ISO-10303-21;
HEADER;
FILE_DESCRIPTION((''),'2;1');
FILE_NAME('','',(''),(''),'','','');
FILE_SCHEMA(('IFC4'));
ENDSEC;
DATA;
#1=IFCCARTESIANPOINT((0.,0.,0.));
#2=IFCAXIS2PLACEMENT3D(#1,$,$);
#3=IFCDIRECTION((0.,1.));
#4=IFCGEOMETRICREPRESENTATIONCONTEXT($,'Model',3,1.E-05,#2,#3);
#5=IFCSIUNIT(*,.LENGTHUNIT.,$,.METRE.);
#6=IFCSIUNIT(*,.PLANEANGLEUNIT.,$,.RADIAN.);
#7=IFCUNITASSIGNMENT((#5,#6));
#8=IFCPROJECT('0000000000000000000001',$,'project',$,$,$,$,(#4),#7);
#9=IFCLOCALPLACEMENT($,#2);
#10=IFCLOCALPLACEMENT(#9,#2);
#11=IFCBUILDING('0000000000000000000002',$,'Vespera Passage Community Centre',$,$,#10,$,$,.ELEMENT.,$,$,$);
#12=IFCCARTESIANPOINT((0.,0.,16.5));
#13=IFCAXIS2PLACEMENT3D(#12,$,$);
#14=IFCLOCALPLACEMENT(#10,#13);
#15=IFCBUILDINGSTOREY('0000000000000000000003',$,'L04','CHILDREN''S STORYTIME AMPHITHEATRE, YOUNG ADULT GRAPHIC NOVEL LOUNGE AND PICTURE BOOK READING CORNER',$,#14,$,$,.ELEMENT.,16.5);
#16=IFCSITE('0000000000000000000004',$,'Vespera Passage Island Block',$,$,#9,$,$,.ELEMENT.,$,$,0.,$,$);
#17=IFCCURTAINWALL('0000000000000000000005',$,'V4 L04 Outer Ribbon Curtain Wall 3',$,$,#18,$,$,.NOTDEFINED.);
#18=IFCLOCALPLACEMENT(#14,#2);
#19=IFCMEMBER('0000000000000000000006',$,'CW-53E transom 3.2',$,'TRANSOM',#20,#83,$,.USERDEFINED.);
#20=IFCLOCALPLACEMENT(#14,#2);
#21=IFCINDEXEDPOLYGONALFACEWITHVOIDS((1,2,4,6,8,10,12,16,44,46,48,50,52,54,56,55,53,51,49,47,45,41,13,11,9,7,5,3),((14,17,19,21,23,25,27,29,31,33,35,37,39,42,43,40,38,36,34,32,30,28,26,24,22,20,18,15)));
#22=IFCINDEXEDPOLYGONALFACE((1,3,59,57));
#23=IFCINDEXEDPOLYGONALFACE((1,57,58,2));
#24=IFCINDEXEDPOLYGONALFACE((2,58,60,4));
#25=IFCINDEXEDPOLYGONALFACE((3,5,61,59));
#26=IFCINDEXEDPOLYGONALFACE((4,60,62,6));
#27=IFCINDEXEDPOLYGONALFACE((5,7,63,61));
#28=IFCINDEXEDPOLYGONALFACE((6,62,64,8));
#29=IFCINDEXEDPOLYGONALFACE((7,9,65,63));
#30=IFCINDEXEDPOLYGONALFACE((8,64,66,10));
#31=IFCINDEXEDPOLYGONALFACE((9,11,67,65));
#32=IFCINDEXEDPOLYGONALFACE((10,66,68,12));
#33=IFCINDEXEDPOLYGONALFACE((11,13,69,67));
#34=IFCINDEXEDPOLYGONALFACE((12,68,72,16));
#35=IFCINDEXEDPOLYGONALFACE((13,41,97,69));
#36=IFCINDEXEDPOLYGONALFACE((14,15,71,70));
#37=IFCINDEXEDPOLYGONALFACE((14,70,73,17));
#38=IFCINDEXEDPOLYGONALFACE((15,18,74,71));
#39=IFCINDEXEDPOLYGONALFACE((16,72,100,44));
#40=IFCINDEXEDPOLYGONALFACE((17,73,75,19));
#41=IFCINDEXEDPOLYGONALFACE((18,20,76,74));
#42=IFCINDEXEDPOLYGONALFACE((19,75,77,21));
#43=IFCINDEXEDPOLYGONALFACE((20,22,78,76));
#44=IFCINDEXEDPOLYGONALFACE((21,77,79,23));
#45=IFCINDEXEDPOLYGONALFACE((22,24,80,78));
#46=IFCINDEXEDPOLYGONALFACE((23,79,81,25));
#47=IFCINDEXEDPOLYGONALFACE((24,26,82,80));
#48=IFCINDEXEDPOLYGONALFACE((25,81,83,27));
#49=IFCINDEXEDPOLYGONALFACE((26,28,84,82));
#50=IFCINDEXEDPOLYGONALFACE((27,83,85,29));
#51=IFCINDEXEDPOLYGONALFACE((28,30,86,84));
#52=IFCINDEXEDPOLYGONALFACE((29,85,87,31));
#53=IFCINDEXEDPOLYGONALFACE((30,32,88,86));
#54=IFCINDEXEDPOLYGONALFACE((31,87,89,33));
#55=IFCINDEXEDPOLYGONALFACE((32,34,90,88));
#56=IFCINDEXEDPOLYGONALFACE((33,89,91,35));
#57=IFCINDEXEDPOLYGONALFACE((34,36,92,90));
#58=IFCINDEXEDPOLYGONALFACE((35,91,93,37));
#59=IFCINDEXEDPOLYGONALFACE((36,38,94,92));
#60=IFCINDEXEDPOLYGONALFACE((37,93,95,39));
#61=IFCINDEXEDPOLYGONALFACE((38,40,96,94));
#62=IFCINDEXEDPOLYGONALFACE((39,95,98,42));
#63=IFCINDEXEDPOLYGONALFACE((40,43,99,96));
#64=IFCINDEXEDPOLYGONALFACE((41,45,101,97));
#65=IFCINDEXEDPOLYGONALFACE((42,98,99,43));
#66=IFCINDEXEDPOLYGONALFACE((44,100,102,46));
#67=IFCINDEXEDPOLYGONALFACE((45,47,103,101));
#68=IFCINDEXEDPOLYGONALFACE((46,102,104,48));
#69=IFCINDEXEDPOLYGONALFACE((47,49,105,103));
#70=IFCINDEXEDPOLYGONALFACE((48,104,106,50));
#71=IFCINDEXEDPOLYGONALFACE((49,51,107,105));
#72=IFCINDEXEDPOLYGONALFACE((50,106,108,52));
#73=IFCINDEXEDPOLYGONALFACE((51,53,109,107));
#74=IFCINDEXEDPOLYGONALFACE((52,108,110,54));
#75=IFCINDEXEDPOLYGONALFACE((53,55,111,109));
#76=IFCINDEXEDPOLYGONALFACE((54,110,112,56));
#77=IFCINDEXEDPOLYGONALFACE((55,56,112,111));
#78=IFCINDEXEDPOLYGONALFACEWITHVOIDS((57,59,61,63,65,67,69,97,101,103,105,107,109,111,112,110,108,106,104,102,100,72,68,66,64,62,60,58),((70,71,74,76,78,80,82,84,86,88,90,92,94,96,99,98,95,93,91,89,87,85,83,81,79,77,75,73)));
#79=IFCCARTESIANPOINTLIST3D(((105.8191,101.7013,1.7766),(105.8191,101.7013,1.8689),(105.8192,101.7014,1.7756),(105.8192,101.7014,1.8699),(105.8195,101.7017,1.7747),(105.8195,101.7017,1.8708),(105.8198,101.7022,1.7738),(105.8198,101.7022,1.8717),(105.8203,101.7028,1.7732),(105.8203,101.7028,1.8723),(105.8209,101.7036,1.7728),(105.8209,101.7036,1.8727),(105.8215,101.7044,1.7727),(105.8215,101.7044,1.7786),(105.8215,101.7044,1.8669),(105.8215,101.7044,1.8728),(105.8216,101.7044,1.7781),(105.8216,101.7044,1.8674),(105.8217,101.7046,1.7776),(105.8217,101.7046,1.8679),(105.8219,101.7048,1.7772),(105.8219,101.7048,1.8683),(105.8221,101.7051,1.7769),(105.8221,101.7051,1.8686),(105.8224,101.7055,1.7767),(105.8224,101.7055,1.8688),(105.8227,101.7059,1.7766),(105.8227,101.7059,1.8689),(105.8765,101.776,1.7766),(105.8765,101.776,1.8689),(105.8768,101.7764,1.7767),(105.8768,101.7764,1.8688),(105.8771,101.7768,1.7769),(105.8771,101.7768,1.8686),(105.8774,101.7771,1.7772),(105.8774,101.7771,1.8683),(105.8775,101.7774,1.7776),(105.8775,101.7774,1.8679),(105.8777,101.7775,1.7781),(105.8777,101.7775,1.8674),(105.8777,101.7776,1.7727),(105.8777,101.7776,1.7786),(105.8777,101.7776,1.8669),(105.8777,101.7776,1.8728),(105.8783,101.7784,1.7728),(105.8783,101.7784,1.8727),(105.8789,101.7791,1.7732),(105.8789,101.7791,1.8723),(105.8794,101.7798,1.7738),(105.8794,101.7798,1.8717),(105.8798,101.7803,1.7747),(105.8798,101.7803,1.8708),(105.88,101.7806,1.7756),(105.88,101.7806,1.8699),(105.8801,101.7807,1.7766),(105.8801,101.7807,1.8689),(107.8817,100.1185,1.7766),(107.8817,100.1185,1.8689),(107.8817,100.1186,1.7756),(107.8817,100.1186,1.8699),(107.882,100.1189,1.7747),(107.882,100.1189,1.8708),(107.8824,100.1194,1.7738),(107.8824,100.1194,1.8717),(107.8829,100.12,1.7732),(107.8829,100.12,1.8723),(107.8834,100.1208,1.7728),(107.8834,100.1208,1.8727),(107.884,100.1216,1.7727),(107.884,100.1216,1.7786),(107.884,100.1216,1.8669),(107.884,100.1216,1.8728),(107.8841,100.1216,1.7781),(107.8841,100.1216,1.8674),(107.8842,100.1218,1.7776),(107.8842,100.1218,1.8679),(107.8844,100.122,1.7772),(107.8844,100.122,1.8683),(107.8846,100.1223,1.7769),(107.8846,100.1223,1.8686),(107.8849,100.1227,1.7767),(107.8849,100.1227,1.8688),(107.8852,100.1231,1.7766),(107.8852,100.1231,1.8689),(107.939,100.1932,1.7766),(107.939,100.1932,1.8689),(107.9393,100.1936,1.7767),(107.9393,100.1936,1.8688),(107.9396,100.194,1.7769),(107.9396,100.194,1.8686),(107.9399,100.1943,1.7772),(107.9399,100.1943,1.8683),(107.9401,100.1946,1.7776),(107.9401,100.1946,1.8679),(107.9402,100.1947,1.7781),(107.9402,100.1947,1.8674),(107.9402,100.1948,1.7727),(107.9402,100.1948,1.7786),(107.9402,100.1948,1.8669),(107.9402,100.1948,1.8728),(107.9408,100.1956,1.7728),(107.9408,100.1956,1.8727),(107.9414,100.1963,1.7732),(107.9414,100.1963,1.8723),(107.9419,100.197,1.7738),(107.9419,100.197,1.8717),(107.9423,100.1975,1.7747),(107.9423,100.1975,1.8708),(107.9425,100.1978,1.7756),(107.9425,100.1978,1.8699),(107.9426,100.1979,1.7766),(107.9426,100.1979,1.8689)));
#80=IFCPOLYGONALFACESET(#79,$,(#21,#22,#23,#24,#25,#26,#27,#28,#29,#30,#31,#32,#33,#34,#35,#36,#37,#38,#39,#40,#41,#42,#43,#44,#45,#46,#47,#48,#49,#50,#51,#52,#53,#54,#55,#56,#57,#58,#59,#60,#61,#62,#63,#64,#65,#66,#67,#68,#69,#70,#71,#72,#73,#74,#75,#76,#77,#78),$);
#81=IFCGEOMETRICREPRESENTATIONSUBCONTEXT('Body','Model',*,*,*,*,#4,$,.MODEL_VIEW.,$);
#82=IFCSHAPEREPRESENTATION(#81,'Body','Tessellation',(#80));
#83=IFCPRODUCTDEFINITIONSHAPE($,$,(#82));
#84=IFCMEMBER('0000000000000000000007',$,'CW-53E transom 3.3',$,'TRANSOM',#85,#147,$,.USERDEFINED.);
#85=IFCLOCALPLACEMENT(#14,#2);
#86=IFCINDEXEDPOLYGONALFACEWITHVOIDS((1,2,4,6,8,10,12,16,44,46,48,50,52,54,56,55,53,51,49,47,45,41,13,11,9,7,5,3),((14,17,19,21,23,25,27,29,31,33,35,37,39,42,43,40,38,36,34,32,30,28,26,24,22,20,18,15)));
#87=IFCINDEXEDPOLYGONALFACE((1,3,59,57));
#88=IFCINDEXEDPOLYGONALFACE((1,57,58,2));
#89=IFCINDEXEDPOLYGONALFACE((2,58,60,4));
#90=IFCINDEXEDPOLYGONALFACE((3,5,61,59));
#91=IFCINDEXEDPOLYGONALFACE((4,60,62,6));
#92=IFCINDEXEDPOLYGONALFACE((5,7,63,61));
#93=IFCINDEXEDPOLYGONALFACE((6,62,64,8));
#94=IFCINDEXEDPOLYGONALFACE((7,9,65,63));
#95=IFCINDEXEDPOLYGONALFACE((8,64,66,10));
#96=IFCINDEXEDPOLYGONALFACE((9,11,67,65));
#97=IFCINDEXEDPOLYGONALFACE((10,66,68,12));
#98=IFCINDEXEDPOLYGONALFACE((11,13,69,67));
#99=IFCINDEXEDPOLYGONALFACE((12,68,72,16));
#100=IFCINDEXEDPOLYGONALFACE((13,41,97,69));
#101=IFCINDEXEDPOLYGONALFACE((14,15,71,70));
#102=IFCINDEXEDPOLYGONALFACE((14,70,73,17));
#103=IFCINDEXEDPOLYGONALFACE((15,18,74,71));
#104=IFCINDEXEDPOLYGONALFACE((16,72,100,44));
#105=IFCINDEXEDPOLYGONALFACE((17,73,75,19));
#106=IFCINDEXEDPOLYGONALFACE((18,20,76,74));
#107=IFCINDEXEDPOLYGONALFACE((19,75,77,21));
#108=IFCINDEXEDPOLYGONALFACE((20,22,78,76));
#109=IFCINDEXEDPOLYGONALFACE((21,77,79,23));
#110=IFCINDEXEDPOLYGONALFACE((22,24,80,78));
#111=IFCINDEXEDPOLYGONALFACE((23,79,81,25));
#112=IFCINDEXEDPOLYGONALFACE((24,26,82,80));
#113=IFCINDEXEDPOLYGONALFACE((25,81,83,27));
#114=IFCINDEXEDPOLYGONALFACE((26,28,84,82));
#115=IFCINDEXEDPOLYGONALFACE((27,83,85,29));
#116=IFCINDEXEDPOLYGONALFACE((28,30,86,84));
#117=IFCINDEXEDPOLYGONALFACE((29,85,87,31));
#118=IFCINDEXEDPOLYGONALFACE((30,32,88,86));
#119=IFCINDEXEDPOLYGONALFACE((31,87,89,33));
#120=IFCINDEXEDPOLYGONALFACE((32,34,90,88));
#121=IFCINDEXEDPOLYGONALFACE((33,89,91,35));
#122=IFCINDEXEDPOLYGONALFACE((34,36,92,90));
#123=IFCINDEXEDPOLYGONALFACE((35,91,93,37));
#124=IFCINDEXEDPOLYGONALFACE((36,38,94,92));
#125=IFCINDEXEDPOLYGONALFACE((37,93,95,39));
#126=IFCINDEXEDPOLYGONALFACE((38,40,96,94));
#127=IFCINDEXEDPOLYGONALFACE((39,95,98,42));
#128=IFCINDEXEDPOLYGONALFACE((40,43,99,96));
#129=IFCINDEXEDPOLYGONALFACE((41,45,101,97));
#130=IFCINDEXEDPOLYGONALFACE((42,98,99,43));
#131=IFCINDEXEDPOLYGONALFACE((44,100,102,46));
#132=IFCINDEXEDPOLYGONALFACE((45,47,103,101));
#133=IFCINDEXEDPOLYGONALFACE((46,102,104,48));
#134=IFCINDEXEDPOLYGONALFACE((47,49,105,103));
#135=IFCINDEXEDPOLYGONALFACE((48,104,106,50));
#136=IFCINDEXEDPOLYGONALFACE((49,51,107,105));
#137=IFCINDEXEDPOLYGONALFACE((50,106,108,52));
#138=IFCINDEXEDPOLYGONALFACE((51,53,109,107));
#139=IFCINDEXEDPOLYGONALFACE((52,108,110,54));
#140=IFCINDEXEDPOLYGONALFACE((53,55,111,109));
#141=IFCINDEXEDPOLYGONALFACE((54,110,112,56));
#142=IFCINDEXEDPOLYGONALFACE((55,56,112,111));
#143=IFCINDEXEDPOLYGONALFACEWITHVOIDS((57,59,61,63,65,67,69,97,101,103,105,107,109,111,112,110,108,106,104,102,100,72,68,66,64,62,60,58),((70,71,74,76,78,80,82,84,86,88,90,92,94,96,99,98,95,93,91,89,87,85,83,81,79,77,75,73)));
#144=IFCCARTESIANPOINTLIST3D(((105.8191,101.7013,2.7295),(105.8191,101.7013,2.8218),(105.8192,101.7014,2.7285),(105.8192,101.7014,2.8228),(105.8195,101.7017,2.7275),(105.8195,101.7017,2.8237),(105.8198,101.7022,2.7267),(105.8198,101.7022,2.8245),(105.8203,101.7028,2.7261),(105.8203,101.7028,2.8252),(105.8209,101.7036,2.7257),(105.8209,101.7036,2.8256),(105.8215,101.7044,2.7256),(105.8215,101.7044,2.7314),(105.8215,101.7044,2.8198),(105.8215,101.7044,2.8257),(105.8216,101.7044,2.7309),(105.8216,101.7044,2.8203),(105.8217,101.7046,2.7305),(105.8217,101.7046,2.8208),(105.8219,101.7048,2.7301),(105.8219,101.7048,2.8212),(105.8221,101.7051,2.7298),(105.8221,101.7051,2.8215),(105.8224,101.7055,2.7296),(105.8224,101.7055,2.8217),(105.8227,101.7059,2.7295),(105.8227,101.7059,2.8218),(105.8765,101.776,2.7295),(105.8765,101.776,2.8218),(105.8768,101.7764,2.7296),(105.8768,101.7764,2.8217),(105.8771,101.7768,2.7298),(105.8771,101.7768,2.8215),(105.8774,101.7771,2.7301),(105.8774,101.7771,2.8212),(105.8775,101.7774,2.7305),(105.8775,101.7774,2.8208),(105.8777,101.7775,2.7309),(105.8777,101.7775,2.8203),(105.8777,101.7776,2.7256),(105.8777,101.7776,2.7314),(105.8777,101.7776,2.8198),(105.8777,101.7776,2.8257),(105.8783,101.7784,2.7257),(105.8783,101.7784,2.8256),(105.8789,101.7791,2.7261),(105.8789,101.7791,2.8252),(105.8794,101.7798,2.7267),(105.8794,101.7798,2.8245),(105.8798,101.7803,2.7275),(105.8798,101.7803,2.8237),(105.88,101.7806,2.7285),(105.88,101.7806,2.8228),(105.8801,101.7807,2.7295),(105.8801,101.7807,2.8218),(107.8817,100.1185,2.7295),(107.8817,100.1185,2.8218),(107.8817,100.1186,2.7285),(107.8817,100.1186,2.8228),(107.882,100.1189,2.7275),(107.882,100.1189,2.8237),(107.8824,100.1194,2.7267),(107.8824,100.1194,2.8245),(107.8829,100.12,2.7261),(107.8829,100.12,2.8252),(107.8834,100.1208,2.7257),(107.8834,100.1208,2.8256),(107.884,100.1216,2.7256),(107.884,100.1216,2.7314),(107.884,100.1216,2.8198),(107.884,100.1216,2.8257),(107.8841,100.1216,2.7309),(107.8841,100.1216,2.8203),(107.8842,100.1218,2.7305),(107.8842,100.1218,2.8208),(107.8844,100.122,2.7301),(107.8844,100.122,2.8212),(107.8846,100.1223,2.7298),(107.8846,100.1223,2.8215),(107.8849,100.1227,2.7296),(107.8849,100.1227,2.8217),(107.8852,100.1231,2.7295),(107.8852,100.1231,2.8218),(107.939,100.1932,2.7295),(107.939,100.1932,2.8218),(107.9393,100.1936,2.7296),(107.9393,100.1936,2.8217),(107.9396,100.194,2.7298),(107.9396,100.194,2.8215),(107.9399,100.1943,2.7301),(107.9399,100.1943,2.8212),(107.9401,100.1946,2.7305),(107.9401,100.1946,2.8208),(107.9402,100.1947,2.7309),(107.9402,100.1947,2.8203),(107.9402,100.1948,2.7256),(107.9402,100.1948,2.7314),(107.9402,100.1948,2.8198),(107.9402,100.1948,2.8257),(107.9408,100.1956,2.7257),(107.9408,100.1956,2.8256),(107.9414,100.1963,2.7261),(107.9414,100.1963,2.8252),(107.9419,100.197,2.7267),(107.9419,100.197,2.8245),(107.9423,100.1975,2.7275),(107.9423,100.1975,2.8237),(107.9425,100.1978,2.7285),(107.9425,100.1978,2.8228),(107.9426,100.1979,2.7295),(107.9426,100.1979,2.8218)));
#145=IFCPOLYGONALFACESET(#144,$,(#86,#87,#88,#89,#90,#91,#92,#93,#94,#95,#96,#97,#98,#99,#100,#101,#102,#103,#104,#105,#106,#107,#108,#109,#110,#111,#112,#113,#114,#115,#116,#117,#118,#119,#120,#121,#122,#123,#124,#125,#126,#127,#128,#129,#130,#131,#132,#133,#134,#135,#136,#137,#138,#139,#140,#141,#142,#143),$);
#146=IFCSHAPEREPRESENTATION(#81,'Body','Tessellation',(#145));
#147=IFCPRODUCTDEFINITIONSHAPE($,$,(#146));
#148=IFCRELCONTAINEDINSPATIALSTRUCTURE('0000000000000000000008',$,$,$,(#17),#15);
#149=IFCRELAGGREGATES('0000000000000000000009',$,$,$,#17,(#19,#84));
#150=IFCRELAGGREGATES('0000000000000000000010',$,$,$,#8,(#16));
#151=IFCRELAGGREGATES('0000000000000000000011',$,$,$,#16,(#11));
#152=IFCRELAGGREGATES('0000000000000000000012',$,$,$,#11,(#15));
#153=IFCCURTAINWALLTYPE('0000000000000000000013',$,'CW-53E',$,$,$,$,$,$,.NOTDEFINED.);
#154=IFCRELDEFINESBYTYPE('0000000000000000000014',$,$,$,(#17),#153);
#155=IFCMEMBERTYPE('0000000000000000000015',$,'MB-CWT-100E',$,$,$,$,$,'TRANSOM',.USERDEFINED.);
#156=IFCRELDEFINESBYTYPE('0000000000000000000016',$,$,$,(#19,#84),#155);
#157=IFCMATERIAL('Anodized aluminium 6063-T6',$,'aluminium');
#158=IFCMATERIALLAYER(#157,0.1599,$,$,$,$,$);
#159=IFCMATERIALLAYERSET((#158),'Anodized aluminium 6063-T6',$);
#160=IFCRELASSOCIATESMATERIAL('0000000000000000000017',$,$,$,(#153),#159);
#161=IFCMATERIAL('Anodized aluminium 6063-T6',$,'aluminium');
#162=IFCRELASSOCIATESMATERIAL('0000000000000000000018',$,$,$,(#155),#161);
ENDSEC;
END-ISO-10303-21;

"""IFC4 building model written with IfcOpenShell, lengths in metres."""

from ifc_helpers import new_model, si_unit, direction, frame, origin, origin_2d, place, context, subcontext, project, spatial, hollow_rectangle, extrude, material, layer, layer_set, material_profile, profile_set, type_object, element, aggregate, save


model = new_model("IFC4")

# Units and contexts
model_context = context("Model", 3, precision=1e-05, world=origin(), true_north=direction((0.0, 1.0)))
body_context = subcontext(model_context, "Body", "Model", "MODEL_VIEW")
ifc_project = project(units=[si_unit("LENGTHUNIT", "METRE"), si_unit("PLANEANGLEUNIT", "RADIAN")], contexts=[model_context])

# Site, building, storey
site_placement = place(None, origin())
site = spatial("IfcSite", under=ifc_project, at=site_placement, Name="Vespera Passage Island Block", CompositionType="ELEMENT", RefElevation=0.0)
building_placement = place(site_placement, origin())
building = spatial("IfcBuilding", under=site, at=building_placement, Name="Vespera Passage Community Centre", CompositionType="ELEMENT")
storey_placement = place(building_placement, frame((0.0, 0.0, 16.5)))
storey = spatial("IfcBuildingStorey", under=building, at=storey_placement, Name="L04", Description="CHILDREN'S STORYTIME AMPHITHEATRE, YOUNG ADULT GRAPHIC NOVEL LOUNGE AND PICTURE BOOK READING CORNER", CompositionType="ELEMENT", Elevation=16.5)

# Curtain wall, members
ifc_material_1 = material(Name="Anodized aluminium 6063-T6", Category="aluminium")
ifc_layer_1 = layer(ifc_material_1, 0.1599)
ifc_layer_set_1 = layer_set([ifc_layer_1], Name="Anodized aluminium 6063-T6")
curtain_wall_type = type_object("IfcCurtainWallType", Name="CW-53E", PredefinedType="NOTDEFINED", material=ifc_layer_set_1)
curtain_wall_placement = place(storey_placement, origin())
curtain_wall = element("IfcCurtainWall", 1, at=curtain_wall_placement, inside=storey, type_object=curtain_wall_type, Name="V4 L04 Outer Ribbon Curtain Wall 3", PredefinedType="NOTDEFINED")
ifc_material_2 = material(Name="Anodized aluminium 6063-T6", Category="aluminium")
ifc_material_profile_1 = material_profile(ifc_material_2, hollow_rectangle(XDim=0.1001, YDim=0.1001, WallThickness=0.0039, InnerFilletRadius=0.002, OuterFilletRadius=0.0039, at=origin_2d()), Name="ALU100X100X4")
ifc_profile_set_1 = profile_set([ifc_material_profile_1], Name="Anodized aluminium 6063-T6")
member_type_1 = type_object("IfcMemberType", Name="MB-CWT-100E", ElementType="TRANSOM", PredefinedType="USERDEFINED", material=ifc_profile_set_1)
member_1_placement = place(storey_placement, frame((105.8496, 101.741, 1.8228), z_axis=(0.793325, -0.608798, 0.0), x_axis=(0.608798, 0.793325, 0.0)))
member_1 = element("IfcMember", 2, at=member_1_placement, type_object=member_type_1, Name="CW-53E transom 3.2", ObjectType="TRANSOM", PredefinedType="USERDEFINED", context=body_context, shape_type="SweptSolid", body=[
    extrude(hollow_rectangle(XDim=0.1001, YDim=0.1001, WallThickness=0.0039, InnerFilletRadius=0.002, OuterFilletRadius=0.0039, at=origin_2d()), origin(), (0.0, 0.0, 1.0), 2.5999),
])
member_2_placement = place(storey_placement, frame((105.8496, 101.741, 2.7756), z_axis=(0.793325, -0.608798, 0.0), x_axis=(0.608798, 0.793325, 0.0)))
member_2 = element("IfcMember", 3, at=member_2_placement, type_object=member_type_1, Name="CW-53E transom 3.3", ObjectType="TRANSOM", PredefinedType="USERDEFINED", context=body_context, shape_type="SweptSolid", body=[
    extrude(hollow_rectangle(XDim=0.1001, YDim=0.1001, WallThickness=0.0039, InnerFilletRadius=0.002, OuterFilletRadius=0.0039, at=origin_2d()), origin(), (0.0, 0.0, 1.0), 2.5999),
])
aggregate(curtain_wall, [member_1, member_2])

save(model, "model.ifc")
